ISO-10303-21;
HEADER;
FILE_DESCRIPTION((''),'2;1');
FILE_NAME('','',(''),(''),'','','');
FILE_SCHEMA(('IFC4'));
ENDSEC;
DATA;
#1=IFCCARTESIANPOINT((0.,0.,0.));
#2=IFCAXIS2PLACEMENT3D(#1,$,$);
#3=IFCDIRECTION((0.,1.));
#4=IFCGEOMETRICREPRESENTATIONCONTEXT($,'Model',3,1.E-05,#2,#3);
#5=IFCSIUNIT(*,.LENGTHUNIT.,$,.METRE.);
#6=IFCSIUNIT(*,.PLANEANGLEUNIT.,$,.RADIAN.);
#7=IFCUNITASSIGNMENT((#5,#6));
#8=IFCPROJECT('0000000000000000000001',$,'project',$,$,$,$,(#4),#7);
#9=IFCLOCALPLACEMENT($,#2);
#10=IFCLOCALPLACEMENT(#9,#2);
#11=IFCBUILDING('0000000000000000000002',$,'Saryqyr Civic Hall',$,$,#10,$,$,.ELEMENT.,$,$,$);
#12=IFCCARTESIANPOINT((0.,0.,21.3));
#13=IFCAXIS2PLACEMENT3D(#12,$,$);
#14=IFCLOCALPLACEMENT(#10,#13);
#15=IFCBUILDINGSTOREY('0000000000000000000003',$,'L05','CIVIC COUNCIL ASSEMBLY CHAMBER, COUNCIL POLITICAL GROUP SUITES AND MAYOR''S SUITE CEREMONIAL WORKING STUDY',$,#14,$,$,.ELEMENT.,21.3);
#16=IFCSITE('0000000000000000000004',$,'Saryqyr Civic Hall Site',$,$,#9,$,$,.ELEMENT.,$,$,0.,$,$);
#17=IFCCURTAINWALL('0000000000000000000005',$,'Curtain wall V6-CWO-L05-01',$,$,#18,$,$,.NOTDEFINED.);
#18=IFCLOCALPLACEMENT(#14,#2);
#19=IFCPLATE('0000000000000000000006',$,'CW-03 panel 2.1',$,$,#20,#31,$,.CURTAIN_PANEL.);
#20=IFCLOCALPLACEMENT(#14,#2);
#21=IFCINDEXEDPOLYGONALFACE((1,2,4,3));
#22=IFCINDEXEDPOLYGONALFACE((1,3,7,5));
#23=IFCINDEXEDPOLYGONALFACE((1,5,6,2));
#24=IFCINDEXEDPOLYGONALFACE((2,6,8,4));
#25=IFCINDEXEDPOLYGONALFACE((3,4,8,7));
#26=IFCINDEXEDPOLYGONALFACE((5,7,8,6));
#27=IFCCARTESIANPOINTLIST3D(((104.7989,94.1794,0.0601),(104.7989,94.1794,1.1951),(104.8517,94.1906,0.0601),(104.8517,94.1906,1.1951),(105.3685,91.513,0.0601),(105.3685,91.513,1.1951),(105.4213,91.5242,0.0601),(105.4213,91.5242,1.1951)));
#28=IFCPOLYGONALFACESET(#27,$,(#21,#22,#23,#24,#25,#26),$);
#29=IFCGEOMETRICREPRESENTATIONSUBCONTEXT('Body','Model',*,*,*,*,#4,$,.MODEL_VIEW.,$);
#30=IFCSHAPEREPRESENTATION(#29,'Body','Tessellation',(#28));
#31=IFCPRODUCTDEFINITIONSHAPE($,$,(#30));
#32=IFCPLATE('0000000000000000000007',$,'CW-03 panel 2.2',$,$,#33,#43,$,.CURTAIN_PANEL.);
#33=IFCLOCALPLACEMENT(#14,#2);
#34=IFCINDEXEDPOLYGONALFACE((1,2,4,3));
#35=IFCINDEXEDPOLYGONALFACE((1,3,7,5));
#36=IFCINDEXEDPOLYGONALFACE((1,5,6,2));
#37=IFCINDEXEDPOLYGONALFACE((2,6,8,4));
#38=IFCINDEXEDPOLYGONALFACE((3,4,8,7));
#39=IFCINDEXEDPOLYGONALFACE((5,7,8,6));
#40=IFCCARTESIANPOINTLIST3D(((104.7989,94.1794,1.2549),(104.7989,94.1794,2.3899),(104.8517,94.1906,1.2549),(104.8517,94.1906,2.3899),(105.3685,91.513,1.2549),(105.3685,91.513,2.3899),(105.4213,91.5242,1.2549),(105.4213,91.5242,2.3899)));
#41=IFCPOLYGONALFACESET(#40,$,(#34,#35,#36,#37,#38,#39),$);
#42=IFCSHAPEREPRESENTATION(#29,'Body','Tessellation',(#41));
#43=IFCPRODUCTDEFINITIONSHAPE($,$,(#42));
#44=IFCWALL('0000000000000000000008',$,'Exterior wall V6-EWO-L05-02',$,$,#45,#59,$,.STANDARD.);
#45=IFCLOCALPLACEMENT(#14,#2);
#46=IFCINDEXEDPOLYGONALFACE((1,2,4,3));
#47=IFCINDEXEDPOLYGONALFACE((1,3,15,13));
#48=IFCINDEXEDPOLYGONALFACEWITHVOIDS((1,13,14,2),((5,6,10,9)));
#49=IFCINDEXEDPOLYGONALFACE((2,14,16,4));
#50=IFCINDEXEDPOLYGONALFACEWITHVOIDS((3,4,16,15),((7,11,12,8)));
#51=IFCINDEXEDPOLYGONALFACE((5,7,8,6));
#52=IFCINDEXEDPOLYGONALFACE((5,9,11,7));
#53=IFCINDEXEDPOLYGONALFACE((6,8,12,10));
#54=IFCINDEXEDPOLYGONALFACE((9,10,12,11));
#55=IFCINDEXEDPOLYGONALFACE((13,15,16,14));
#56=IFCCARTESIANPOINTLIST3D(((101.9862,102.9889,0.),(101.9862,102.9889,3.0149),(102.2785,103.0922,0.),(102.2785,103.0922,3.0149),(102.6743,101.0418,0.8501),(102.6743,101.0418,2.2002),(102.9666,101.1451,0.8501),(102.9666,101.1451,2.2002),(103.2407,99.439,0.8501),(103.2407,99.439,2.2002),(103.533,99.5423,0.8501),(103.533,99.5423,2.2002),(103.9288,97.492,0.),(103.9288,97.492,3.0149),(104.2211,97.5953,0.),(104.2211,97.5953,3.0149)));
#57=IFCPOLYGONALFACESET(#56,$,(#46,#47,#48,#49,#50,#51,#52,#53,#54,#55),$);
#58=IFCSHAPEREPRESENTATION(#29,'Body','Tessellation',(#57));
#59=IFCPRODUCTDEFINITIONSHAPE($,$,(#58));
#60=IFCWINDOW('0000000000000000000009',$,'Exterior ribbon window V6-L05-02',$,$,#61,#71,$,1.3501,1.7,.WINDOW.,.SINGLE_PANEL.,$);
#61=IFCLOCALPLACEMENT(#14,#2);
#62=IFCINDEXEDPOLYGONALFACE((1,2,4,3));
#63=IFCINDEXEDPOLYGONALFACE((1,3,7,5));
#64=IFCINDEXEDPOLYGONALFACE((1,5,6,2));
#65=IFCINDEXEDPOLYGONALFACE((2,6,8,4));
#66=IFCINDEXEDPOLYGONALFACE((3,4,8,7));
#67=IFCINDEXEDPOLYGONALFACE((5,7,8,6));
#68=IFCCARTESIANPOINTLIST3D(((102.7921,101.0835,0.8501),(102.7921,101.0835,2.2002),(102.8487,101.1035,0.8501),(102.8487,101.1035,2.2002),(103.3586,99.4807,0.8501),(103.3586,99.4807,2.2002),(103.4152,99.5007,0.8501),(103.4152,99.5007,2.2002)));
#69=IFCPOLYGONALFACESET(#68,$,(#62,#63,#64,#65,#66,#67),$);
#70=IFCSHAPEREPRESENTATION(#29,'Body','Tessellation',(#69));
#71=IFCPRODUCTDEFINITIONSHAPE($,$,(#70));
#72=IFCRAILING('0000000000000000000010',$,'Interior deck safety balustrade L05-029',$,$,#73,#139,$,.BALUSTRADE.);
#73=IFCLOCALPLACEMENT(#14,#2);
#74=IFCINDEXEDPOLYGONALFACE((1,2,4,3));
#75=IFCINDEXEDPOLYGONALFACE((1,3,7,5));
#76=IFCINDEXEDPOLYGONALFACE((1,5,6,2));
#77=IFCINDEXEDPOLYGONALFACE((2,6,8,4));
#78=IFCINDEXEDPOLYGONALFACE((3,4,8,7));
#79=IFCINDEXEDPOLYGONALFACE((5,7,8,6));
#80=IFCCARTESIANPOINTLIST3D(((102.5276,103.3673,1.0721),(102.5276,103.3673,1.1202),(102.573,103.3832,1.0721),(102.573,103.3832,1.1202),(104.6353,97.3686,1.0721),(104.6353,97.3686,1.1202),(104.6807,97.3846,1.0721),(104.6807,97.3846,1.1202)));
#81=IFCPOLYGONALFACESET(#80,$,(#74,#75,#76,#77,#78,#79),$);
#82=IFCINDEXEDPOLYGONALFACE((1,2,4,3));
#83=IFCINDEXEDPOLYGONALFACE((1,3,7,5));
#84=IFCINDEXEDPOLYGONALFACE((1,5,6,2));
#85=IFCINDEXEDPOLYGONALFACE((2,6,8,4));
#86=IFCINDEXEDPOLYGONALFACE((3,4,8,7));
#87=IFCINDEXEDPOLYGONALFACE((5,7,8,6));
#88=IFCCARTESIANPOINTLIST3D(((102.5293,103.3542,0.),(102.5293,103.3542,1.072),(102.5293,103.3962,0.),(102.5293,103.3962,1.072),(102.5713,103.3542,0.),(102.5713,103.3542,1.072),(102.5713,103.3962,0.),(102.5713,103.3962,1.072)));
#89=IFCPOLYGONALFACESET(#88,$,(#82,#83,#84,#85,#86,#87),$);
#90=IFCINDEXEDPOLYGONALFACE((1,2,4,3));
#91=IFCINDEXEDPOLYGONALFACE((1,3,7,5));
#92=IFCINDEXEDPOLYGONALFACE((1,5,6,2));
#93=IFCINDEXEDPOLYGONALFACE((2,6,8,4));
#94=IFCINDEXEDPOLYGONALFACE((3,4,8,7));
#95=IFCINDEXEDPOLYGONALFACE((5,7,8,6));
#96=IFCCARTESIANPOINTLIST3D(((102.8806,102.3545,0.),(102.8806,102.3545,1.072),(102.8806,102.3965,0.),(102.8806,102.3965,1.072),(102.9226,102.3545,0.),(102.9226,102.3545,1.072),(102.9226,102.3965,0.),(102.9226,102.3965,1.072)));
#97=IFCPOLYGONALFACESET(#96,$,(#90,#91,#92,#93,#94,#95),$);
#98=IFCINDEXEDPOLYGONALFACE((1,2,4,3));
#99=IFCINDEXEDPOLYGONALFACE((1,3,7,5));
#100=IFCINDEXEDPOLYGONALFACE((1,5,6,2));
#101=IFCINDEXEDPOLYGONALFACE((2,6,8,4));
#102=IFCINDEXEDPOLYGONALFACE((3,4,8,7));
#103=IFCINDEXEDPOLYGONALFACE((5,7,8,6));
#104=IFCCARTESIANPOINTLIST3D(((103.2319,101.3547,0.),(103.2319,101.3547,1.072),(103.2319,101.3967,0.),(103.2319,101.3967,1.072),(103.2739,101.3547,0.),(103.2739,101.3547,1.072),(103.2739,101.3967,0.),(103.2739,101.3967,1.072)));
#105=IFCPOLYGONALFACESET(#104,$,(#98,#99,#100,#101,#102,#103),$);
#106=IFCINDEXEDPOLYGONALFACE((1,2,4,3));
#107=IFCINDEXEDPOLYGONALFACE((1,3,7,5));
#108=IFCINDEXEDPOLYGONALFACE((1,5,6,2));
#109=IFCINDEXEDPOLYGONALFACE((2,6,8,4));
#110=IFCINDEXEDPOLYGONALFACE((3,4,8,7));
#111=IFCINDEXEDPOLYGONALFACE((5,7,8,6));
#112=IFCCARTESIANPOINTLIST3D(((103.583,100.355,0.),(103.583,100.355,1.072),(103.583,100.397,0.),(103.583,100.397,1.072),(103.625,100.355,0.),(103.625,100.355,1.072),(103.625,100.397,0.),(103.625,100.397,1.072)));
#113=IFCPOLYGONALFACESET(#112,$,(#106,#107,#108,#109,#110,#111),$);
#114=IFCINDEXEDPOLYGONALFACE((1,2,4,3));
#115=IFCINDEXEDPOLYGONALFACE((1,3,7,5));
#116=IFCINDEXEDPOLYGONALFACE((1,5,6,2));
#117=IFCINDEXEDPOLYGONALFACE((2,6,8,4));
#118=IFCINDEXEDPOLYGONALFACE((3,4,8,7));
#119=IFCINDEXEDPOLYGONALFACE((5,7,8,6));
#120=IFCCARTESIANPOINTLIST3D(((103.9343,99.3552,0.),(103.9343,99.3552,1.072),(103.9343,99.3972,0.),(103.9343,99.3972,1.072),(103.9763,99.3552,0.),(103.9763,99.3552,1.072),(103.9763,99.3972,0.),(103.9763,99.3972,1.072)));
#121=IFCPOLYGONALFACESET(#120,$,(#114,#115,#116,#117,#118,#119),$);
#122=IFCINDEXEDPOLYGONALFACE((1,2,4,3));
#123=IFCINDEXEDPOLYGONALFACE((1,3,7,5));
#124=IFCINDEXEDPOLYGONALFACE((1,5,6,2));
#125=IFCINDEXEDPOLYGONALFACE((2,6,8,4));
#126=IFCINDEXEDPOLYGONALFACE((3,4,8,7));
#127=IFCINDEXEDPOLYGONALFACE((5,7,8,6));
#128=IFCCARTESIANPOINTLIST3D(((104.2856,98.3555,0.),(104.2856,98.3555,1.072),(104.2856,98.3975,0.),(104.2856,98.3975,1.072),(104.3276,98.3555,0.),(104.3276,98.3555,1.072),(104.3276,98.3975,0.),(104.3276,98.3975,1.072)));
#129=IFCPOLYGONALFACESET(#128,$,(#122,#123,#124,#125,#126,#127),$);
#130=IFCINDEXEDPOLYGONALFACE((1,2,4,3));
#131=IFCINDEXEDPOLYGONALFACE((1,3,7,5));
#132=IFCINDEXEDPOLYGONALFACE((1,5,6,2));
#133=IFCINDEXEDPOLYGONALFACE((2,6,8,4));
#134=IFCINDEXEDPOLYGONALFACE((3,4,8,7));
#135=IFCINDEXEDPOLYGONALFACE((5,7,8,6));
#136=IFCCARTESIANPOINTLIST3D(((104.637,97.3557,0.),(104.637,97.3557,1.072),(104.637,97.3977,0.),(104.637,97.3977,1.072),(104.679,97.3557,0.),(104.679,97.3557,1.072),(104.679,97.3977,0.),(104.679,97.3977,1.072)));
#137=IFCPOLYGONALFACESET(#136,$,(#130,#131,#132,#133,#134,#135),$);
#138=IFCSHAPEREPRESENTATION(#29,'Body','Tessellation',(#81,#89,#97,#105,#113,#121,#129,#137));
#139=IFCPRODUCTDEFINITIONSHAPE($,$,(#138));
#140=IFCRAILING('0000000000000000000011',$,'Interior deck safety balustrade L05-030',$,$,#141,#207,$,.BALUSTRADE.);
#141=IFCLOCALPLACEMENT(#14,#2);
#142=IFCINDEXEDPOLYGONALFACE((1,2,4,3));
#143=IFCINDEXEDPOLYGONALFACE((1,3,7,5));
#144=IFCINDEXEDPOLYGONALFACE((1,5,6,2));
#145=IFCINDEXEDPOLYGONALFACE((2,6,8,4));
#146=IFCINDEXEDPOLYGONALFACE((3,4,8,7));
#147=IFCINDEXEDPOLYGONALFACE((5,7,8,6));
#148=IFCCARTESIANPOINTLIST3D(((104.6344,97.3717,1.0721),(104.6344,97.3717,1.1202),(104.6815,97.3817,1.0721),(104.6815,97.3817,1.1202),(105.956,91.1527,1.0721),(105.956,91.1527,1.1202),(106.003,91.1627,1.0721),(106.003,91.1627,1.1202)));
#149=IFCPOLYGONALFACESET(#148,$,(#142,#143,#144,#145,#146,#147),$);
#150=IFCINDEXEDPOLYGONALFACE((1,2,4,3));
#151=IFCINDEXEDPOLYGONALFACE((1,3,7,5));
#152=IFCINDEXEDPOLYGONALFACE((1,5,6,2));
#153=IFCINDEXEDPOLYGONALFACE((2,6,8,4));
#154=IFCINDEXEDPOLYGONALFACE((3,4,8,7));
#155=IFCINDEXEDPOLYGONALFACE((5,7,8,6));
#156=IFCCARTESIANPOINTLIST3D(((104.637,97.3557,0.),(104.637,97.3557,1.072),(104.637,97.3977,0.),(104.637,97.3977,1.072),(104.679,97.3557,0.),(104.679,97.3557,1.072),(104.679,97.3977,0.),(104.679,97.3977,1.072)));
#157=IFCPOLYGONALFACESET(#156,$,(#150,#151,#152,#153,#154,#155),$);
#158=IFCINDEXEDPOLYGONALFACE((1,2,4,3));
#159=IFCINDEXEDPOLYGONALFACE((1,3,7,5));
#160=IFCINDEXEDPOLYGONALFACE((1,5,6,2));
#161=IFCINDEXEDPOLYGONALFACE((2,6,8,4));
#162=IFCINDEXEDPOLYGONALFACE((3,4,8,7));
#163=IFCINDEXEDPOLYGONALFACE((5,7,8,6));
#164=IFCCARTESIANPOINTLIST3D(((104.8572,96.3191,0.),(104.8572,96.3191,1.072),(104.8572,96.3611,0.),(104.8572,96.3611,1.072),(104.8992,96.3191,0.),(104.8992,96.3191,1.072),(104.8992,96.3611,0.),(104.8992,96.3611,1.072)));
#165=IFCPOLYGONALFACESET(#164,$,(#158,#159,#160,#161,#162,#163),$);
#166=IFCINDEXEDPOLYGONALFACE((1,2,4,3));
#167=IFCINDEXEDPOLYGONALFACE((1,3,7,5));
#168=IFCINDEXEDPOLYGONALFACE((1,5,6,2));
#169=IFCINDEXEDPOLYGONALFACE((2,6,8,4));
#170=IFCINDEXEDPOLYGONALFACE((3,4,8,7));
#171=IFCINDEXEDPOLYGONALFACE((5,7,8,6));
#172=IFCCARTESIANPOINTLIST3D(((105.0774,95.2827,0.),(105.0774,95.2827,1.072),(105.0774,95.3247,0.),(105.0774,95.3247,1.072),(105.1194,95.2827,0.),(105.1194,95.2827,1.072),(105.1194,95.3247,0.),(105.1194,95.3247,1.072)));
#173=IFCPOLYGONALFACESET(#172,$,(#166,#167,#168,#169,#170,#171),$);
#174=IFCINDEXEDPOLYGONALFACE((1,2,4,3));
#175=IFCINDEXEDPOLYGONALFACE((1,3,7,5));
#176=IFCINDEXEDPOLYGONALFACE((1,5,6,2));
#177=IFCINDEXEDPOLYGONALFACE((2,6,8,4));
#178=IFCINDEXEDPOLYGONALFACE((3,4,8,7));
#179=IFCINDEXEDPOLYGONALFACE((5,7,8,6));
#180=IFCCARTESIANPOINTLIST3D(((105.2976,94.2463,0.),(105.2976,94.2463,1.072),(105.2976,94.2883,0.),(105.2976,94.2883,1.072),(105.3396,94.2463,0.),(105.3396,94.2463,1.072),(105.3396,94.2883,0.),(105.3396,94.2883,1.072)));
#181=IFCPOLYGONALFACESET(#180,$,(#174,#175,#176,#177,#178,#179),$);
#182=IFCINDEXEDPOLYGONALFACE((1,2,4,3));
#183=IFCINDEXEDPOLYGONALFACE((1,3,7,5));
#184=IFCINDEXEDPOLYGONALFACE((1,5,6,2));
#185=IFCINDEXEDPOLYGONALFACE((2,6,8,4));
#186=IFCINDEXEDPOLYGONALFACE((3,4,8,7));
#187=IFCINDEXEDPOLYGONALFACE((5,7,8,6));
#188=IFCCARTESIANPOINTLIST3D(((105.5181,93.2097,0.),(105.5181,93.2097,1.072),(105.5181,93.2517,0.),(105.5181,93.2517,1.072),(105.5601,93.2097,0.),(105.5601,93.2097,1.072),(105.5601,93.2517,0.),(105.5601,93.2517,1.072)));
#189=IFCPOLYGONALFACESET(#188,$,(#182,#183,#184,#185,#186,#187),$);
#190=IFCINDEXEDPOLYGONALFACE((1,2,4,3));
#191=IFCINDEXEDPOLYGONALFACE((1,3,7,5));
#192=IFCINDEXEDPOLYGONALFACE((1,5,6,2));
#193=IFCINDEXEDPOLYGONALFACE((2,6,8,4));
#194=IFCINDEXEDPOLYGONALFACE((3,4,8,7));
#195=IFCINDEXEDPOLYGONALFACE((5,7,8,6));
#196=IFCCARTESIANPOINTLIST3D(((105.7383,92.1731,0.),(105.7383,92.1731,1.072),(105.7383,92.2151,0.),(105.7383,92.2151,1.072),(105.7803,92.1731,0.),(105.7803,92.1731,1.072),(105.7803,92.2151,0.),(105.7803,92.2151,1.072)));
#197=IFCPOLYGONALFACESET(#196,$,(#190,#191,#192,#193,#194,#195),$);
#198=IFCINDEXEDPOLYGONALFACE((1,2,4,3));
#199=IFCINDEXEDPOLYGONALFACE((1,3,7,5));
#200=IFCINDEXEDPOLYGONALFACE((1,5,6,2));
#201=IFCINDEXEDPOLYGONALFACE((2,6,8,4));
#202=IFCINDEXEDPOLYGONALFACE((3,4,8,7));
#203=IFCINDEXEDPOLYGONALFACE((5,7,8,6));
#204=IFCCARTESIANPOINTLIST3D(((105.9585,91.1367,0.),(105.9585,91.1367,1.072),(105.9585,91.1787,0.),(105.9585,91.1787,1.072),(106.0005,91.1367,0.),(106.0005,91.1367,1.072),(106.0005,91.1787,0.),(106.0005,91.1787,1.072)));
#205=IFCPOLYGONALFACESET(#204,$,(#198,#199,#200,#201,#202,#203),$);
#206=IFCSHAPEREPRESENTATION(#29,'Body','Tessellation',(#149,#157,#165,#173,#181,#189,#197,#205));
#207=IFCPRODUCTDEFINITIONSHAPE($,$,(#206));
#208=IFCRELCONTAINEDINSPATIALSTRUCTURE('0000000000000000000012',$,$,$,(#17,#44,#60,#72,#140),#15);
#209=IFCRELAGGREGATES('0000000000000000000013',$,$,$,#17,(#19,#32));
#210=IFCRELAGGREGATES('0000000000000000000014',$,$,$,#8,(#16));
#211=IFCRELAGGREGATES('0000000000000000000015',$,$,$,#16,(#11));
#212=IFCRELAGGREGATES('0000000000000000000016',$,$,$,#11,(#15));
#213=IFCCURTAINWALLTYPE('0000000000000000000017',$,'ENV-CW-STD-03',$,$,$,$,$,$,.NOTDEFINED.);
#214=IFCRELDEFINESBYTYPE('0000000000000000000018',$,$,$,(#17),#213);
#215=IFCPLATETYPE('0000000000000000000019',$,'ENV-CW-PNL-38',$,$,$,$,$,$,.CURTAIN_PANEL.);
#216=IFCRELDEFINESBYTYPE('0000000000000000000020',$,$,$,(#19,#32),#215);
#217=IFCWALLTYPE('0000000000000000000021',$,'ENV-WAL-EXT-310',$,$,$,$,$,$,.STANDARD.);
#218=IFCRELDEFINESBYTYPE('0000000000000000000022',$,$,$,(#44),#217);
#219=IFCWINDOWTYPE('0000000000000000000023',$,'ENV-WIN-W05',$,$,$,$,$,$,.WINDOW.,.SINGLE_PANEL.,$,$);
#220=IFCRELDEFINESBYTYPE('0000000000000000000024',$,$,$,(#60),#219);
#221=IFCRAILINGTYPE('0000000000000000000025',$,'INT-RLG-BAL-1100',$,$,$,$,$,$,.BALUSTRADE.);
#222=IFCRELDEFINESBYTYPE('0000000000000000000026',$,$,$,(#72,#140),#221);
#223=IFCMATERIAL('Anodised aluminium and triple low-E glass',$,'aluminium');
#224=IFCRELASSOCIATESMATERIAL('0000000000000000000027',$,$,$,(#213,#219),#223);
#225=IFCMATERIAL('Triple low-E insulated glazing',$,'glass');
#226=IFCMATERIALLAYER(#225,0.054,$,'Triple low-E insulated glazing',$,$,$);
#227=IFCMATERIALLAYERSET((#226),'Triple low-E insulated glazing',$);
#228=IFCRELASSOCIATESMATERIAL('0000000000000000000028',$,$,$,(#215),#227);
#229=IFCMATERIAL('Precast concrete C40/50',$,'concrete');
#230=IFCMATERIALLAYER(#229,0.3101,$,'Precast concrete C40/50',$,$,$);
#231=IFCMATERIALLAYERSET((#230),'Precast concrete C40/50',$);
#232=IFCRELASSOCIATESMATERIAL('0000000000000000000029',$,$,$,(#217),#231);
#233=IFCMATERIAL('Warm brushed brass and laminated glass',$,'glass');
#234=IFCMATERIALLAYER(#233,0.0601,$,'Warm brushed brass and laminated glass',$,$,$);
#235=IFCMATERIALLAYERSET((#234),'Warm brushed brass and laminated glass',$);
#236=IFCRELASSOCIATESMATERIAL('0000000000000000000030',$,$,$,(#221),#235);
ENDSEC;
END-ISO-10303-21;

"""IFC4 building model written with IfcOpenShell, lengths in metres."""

from ifc_helpers import new_model, si_unit, direction, frame, frame_2d, origin, origin_2d, place, context, subcontext, project, spatial, rectangle, extrude, material, layer, layer_set, type_object, element, fill, aggregate, save


model = new_model("IFC4")

# Units and contexts
model_context = context("Model", 3, precision=1e-05, world=origin(), true_north=direction((0.0, 1.0)))
body_context = subcontext(model_context, "Body", "Model", "MODEL_VIEW")
ifc_project = project(units=[si_unit("LENGTHUNIT", "METRE"), si_unit("PLANEANGLEUNIT", "RADIAN")], contexts=[model_context])

# Site, building, storey
site_placement = place(None, origin())
site = spatial("IfcSite", under=ifc_project, at=site_placement, Name="Saryqyr Civic Hall Site", CompositionType="ELEMENT", RefElevation=0.0)
building_placement = place(site_placement, origin())
building = spatial("IfcBuilding", under=site, at=building_placement, Name="Saryqyr Civic Hall", CompositionType="ELEMENT")
storey_placement = place(building_placement, frame((0.0, 0.0, 21.3)))
storey = spatial("IfcBuildingStorey", under=building, at=storey_placement, Name="L05", Description="CIVIC COUNCIL ASSEMBLY CHAMBER, COUNCIL POLITICAL GROUP SUITES AND MAYOR'S SUITE CEREMONIAL WORKING STUDY", CompositionType="ELEMENT", Elevation=21.3)

# Curtain wall
ifc_material_1 = material(Name="Anodised aluminium and triple low-E glass", Category="aluminium")
curtain_wall_type = type_object("IfcCurtainWallType", Name="ENV-CW-STD-03", PredefinedType="NOTDEFINED", material=ifc_material_1)
curtain_wall_placement = place(storey_placement, origin())
curtain_wall = element("IfcCurtainWall", 1, at=curtain_wall_placement, inside=storey, type_object=curtain_wall_type, Name="Curtain wall V6-CWO-L05-01", PredefinedType="NOTDEFINED")

# Shared definitions
ifc_material_2 = material(Name="Precast concrete C40/50", Category="concrete")

# Plates
ifc_material_3 = material(Name="Triple low-E insulated glazing", Category="glass")
ifc_layer_1 = layer(ifc_material_3, 0.054, Name="Triple low-E insulated glazing")
ifc_layer_set_1 = layer_set([ifc_layer_1], Name="Triple low-E insulated glazing")
plate_type = type_object("IfcPlateType", Name="ENV-CW-PNL-38", PredefinedType="CURTAIN_PANEL", material=ifc_layer_set_1)
plate_1_placement = place(storey_placement, frame((105.1101, 92.8518, 0.0601), z_axis=(0.0, 0.0, 1.0), x_axis=(0.208908, -0.977935, 0.0)))
plate_1 = element("IfcPlate", 2, at=plate_1_placement, type_object=plate_type, Name="CW-03 panel 2.1", PredefinedType="CURTAIN_PANEL", context=body_context, shape_type="SweptSolid", body=[
    extrude(rectangle(XDim=2.7266, YDim=0.054, at=origin_2d()), origin(), (0.0, 0.0, 1.0), 1.135),
])
plate_2_placement = place(storey_placement, frame((105.1101, 92.8518, 1.2549), z_axis=(0.0, 0.0, 1.0), x_axis=(0.208908, -0.977935, 0.0)))
plate_2 = element("IfcPlate", 3, at=plate_2_placement, type_object=plate_type, Name="CW-03 panel 2.2", PredefinedType="CURTAIN_PANEL", context=body_context, shape_type="SweptSolid", body=[
    extrude(rectangle(XDim=2.7266, YDim=0.054, at=origin_2d()), origin(), (0.0, 0.0, 1.0), 1.135),
])
aggregate(curtain_wall, [plate_1, plate_2])

# Wall, opening, window
ifc_layer_2 = layer(ifc_material_2, 0.3101, Name="Precast concrete C40/50")
ifc_layer_set_2 = layer_set([ifc_layer_2], Name="Precast concrete C40/50")
wall_type = type_object("IfcWallType", Name="ENV-WAL-EXT-310", PredefinedType="STANDARD", material=ifc_layer_set_2)
wall_placement = place(storey_placement, frame((102.1323, 103.0405, 0.0), z_axis=(0.0, 0.0, 1.0), x_axis=(0.333212, -0.942852, 0.0)))
wall = element("IfcWall", 4, at=wall_placement, inside=storey, type_object=wall_type, Name="Exterior wall V6-EWO-L05-02", PredefinedType="STANDARD", context=body_context, shape_type="SweptSolid", body=[
    extrude(rectangle(XDim=5.8301, YDim=0.3101, at=frame_2d((2.915, 0.0))), origin(), (0.0, 0.0, 1.0), 3.0149),
])
opening_placement = place(wall_placement, frame((2.0649, 0.0, 0.8501)))
opening = element("IfcOpeningElement", 5, at=opening_placement, cuts=wall, PredefinedType="OPENING", context=body_context, shape_type="SweptSolid", body=[
    extrude(rectangle(XDim=1.7, YDim=1.3501, at=frame_2d((0.8501, 0.675))), frame((0.0, 0.165, 0.0), z_axis=(0.0, -1.0, 0.0), x_axis=(1.0, 0.0, 0.0)), (0.0, 0.0, 1.0), 0.3301),
])
window_type = type_object("IfcWindowType", Name="ENV-WIN-W05", PartitioningType="SINGLE_PANEL", PredefinedType="WINDOW", material=ifc_material_1)
window_placement = place(opening_placement, origin())
window = element("IfcWindow", 6, at=window_placement, inside=storey, type_object=window_type, Name="Exterior ribbon window V6-L05-02", OverallHeight=1.3501, OverallWidth=1.7, PartitioningType="SINGLE_PANEL", PredefinedType="WINDOW", context=body_context, shape_type="SweptSolid", body=[
    extrude(rectangle(XDim=1.7, YDim=1.3501, at=frame_2d((0.8501, 0.675))), frame((0.0, 0.03, 0.0), z_axis=(0.0, -1.0, 0.0), x_axis=(1.0, 0.0, 0.0)), (0.0, 0.0, 1.0), 0.0601),
])
fill(opening, window)

# Railings
ifc_material_4 = material(Name="Warm brushed brass and laminated glass", Category="glass")
ifc_layer_3 = layer(ifc_material_4, 0.0601, Name="Warm brushed brass and laminated glass")
ifc_layer_set_3 = layer_set([ifc_layer_3], Name="Warm brushed brass and laminated glass")
railing_type = type_object("IfcRailingType", Name="INT-RLG-BAL-1100", PredefinedType="BALUSTRADE", material=ifc_layer_set_3)
railing_1_placement = place(storey_placement, frame((102.5503, 103.3752, 0.0)))
element("IfcRailing", 7, at=railing_1_placement, inside=storey, type_object=railing_type, Name="Interior deck safety balustrade L05-029", PredefinedType="BALUSTRADE", context=body_context, shape_type="SweptSolid", body=[
    extrude(rectangle(XDim=0.0481, YDim=0.0481, at=origin_2d()), frame((0.0, 0.0, 1.0962), z_axis=(0.331496, -0.943457, 0.0), x_axis=(0.943457, 0.331496, 0.0)), (0.0, 0.0, 1.0), 6.3582),
    extrude(rectangle(XDim=0.042, YDim=0.042, at=origin_2d()), origin(), (0.0, 0.0, 1.0), 1.072),
    extrude(rectangle(XDim=0.042, YDim=0.042, at=origin_2d()), frame((0.3513, -0.9998, 0.0)), (0.0, 0.0, 1.0), 1.072),
    extrude(rectangle(XDim=0.042, YDim=0.042, at=origin_2d()), frame((0.7026, -1.9995, 0.0)), (0.0, 0.0, 1.0), 1.072),
    extrude(rectangle(XDim=0.042, YDim=0.042, at=origin_2d()), frame((1.0537, -2.9993, 0.0)), (0.0, 0.0, 1.0), 1.072),
    extrude(rectangle(XDim=0.042, YDim=0.042, at=origin_2d()), frame((1.405, -3.999, 0.0)), (0.0, 0.0, 1.0), 1.072),
    extrude(rectangle(XDim=0.042, YDim=0.042, at=origin_2d()), frame((1.7563, -4.9988, 0.0)), (0.0, 0.0, 1.0), 1.072),
    extrude(rectangle(XDim=0.042, YDim=0.042, at=origin_2d()), frame((2.1077, -5.9985, 0.0)), (0.0, 0.0, 1.0), 1.072),
])
railing_2_placement = place(storey_placement, frame((104.658, 97.3767, 0.0)))
element("IfcRailing", 8, at=railing_2_placement, inside=storey, type_object=railing_type, Name="Interior deck safety balustrade L05-030", PredefinedType="BALUSTRADE", context=body_context, shape_type="SweptSolid", body=[
    extrude(rectangle(XDim=0.0481, YDim=0.0481, at=origin_2d()), frame((0.0, 0.0, 1.0962), z_axis=(0.207858, -0.978159, 0.0), x_axis=(0.978159, 0.207858, 0.0)), (0.0, 0.0, 1.0), 6.3579),
    extrude(rectangle(XDim=0.042, YDim=0.042, at=origin_2d()), origin(), (0.0, 0.0, 1.0), 1.072),
    extrude(rectangle(XDim=0.042, YDim=0.042, at=origin_2d()), frame((0.2202, -1.0366, 0.0)), (0.0, 0.0, 1.0), 1.072),
    extrude(rectangle(XDim=0.042, YDim=0.042, at=origin_2d()), frame((0.4404, -2.073, 0.0)), (0.0, 0.0, 1.0), 1.072),
    extrude(rectangle(XDim=0.042, YDim=0.042, at=origin_2d()), frame((0.6606, -3.1094, 0.0)), (0.0, 0.0, 1.0), 1.072),
    extrude(rectangle(XDim=0.042, YDim=0.042, at=origin_2d()), frame((0.8811, -4.146, 0.0)), (0.0, 0.0, 1.0), 1.072),
    extrude(rectangle(XDim=0.042, YDim=0.042, at=origin_2d()), frame((1.1013, -5.1826, 0.0)), (0.0, 0.0, 1.0), 1.072),
    extrude(rectangle(XDim=0.042, YDim=0.042, at=origin_2d()), frame((1.3215, -6.219, 0.0)), (0.0, 0.0, 1.0), 1.072),
])

save(model, "model.ifc")
